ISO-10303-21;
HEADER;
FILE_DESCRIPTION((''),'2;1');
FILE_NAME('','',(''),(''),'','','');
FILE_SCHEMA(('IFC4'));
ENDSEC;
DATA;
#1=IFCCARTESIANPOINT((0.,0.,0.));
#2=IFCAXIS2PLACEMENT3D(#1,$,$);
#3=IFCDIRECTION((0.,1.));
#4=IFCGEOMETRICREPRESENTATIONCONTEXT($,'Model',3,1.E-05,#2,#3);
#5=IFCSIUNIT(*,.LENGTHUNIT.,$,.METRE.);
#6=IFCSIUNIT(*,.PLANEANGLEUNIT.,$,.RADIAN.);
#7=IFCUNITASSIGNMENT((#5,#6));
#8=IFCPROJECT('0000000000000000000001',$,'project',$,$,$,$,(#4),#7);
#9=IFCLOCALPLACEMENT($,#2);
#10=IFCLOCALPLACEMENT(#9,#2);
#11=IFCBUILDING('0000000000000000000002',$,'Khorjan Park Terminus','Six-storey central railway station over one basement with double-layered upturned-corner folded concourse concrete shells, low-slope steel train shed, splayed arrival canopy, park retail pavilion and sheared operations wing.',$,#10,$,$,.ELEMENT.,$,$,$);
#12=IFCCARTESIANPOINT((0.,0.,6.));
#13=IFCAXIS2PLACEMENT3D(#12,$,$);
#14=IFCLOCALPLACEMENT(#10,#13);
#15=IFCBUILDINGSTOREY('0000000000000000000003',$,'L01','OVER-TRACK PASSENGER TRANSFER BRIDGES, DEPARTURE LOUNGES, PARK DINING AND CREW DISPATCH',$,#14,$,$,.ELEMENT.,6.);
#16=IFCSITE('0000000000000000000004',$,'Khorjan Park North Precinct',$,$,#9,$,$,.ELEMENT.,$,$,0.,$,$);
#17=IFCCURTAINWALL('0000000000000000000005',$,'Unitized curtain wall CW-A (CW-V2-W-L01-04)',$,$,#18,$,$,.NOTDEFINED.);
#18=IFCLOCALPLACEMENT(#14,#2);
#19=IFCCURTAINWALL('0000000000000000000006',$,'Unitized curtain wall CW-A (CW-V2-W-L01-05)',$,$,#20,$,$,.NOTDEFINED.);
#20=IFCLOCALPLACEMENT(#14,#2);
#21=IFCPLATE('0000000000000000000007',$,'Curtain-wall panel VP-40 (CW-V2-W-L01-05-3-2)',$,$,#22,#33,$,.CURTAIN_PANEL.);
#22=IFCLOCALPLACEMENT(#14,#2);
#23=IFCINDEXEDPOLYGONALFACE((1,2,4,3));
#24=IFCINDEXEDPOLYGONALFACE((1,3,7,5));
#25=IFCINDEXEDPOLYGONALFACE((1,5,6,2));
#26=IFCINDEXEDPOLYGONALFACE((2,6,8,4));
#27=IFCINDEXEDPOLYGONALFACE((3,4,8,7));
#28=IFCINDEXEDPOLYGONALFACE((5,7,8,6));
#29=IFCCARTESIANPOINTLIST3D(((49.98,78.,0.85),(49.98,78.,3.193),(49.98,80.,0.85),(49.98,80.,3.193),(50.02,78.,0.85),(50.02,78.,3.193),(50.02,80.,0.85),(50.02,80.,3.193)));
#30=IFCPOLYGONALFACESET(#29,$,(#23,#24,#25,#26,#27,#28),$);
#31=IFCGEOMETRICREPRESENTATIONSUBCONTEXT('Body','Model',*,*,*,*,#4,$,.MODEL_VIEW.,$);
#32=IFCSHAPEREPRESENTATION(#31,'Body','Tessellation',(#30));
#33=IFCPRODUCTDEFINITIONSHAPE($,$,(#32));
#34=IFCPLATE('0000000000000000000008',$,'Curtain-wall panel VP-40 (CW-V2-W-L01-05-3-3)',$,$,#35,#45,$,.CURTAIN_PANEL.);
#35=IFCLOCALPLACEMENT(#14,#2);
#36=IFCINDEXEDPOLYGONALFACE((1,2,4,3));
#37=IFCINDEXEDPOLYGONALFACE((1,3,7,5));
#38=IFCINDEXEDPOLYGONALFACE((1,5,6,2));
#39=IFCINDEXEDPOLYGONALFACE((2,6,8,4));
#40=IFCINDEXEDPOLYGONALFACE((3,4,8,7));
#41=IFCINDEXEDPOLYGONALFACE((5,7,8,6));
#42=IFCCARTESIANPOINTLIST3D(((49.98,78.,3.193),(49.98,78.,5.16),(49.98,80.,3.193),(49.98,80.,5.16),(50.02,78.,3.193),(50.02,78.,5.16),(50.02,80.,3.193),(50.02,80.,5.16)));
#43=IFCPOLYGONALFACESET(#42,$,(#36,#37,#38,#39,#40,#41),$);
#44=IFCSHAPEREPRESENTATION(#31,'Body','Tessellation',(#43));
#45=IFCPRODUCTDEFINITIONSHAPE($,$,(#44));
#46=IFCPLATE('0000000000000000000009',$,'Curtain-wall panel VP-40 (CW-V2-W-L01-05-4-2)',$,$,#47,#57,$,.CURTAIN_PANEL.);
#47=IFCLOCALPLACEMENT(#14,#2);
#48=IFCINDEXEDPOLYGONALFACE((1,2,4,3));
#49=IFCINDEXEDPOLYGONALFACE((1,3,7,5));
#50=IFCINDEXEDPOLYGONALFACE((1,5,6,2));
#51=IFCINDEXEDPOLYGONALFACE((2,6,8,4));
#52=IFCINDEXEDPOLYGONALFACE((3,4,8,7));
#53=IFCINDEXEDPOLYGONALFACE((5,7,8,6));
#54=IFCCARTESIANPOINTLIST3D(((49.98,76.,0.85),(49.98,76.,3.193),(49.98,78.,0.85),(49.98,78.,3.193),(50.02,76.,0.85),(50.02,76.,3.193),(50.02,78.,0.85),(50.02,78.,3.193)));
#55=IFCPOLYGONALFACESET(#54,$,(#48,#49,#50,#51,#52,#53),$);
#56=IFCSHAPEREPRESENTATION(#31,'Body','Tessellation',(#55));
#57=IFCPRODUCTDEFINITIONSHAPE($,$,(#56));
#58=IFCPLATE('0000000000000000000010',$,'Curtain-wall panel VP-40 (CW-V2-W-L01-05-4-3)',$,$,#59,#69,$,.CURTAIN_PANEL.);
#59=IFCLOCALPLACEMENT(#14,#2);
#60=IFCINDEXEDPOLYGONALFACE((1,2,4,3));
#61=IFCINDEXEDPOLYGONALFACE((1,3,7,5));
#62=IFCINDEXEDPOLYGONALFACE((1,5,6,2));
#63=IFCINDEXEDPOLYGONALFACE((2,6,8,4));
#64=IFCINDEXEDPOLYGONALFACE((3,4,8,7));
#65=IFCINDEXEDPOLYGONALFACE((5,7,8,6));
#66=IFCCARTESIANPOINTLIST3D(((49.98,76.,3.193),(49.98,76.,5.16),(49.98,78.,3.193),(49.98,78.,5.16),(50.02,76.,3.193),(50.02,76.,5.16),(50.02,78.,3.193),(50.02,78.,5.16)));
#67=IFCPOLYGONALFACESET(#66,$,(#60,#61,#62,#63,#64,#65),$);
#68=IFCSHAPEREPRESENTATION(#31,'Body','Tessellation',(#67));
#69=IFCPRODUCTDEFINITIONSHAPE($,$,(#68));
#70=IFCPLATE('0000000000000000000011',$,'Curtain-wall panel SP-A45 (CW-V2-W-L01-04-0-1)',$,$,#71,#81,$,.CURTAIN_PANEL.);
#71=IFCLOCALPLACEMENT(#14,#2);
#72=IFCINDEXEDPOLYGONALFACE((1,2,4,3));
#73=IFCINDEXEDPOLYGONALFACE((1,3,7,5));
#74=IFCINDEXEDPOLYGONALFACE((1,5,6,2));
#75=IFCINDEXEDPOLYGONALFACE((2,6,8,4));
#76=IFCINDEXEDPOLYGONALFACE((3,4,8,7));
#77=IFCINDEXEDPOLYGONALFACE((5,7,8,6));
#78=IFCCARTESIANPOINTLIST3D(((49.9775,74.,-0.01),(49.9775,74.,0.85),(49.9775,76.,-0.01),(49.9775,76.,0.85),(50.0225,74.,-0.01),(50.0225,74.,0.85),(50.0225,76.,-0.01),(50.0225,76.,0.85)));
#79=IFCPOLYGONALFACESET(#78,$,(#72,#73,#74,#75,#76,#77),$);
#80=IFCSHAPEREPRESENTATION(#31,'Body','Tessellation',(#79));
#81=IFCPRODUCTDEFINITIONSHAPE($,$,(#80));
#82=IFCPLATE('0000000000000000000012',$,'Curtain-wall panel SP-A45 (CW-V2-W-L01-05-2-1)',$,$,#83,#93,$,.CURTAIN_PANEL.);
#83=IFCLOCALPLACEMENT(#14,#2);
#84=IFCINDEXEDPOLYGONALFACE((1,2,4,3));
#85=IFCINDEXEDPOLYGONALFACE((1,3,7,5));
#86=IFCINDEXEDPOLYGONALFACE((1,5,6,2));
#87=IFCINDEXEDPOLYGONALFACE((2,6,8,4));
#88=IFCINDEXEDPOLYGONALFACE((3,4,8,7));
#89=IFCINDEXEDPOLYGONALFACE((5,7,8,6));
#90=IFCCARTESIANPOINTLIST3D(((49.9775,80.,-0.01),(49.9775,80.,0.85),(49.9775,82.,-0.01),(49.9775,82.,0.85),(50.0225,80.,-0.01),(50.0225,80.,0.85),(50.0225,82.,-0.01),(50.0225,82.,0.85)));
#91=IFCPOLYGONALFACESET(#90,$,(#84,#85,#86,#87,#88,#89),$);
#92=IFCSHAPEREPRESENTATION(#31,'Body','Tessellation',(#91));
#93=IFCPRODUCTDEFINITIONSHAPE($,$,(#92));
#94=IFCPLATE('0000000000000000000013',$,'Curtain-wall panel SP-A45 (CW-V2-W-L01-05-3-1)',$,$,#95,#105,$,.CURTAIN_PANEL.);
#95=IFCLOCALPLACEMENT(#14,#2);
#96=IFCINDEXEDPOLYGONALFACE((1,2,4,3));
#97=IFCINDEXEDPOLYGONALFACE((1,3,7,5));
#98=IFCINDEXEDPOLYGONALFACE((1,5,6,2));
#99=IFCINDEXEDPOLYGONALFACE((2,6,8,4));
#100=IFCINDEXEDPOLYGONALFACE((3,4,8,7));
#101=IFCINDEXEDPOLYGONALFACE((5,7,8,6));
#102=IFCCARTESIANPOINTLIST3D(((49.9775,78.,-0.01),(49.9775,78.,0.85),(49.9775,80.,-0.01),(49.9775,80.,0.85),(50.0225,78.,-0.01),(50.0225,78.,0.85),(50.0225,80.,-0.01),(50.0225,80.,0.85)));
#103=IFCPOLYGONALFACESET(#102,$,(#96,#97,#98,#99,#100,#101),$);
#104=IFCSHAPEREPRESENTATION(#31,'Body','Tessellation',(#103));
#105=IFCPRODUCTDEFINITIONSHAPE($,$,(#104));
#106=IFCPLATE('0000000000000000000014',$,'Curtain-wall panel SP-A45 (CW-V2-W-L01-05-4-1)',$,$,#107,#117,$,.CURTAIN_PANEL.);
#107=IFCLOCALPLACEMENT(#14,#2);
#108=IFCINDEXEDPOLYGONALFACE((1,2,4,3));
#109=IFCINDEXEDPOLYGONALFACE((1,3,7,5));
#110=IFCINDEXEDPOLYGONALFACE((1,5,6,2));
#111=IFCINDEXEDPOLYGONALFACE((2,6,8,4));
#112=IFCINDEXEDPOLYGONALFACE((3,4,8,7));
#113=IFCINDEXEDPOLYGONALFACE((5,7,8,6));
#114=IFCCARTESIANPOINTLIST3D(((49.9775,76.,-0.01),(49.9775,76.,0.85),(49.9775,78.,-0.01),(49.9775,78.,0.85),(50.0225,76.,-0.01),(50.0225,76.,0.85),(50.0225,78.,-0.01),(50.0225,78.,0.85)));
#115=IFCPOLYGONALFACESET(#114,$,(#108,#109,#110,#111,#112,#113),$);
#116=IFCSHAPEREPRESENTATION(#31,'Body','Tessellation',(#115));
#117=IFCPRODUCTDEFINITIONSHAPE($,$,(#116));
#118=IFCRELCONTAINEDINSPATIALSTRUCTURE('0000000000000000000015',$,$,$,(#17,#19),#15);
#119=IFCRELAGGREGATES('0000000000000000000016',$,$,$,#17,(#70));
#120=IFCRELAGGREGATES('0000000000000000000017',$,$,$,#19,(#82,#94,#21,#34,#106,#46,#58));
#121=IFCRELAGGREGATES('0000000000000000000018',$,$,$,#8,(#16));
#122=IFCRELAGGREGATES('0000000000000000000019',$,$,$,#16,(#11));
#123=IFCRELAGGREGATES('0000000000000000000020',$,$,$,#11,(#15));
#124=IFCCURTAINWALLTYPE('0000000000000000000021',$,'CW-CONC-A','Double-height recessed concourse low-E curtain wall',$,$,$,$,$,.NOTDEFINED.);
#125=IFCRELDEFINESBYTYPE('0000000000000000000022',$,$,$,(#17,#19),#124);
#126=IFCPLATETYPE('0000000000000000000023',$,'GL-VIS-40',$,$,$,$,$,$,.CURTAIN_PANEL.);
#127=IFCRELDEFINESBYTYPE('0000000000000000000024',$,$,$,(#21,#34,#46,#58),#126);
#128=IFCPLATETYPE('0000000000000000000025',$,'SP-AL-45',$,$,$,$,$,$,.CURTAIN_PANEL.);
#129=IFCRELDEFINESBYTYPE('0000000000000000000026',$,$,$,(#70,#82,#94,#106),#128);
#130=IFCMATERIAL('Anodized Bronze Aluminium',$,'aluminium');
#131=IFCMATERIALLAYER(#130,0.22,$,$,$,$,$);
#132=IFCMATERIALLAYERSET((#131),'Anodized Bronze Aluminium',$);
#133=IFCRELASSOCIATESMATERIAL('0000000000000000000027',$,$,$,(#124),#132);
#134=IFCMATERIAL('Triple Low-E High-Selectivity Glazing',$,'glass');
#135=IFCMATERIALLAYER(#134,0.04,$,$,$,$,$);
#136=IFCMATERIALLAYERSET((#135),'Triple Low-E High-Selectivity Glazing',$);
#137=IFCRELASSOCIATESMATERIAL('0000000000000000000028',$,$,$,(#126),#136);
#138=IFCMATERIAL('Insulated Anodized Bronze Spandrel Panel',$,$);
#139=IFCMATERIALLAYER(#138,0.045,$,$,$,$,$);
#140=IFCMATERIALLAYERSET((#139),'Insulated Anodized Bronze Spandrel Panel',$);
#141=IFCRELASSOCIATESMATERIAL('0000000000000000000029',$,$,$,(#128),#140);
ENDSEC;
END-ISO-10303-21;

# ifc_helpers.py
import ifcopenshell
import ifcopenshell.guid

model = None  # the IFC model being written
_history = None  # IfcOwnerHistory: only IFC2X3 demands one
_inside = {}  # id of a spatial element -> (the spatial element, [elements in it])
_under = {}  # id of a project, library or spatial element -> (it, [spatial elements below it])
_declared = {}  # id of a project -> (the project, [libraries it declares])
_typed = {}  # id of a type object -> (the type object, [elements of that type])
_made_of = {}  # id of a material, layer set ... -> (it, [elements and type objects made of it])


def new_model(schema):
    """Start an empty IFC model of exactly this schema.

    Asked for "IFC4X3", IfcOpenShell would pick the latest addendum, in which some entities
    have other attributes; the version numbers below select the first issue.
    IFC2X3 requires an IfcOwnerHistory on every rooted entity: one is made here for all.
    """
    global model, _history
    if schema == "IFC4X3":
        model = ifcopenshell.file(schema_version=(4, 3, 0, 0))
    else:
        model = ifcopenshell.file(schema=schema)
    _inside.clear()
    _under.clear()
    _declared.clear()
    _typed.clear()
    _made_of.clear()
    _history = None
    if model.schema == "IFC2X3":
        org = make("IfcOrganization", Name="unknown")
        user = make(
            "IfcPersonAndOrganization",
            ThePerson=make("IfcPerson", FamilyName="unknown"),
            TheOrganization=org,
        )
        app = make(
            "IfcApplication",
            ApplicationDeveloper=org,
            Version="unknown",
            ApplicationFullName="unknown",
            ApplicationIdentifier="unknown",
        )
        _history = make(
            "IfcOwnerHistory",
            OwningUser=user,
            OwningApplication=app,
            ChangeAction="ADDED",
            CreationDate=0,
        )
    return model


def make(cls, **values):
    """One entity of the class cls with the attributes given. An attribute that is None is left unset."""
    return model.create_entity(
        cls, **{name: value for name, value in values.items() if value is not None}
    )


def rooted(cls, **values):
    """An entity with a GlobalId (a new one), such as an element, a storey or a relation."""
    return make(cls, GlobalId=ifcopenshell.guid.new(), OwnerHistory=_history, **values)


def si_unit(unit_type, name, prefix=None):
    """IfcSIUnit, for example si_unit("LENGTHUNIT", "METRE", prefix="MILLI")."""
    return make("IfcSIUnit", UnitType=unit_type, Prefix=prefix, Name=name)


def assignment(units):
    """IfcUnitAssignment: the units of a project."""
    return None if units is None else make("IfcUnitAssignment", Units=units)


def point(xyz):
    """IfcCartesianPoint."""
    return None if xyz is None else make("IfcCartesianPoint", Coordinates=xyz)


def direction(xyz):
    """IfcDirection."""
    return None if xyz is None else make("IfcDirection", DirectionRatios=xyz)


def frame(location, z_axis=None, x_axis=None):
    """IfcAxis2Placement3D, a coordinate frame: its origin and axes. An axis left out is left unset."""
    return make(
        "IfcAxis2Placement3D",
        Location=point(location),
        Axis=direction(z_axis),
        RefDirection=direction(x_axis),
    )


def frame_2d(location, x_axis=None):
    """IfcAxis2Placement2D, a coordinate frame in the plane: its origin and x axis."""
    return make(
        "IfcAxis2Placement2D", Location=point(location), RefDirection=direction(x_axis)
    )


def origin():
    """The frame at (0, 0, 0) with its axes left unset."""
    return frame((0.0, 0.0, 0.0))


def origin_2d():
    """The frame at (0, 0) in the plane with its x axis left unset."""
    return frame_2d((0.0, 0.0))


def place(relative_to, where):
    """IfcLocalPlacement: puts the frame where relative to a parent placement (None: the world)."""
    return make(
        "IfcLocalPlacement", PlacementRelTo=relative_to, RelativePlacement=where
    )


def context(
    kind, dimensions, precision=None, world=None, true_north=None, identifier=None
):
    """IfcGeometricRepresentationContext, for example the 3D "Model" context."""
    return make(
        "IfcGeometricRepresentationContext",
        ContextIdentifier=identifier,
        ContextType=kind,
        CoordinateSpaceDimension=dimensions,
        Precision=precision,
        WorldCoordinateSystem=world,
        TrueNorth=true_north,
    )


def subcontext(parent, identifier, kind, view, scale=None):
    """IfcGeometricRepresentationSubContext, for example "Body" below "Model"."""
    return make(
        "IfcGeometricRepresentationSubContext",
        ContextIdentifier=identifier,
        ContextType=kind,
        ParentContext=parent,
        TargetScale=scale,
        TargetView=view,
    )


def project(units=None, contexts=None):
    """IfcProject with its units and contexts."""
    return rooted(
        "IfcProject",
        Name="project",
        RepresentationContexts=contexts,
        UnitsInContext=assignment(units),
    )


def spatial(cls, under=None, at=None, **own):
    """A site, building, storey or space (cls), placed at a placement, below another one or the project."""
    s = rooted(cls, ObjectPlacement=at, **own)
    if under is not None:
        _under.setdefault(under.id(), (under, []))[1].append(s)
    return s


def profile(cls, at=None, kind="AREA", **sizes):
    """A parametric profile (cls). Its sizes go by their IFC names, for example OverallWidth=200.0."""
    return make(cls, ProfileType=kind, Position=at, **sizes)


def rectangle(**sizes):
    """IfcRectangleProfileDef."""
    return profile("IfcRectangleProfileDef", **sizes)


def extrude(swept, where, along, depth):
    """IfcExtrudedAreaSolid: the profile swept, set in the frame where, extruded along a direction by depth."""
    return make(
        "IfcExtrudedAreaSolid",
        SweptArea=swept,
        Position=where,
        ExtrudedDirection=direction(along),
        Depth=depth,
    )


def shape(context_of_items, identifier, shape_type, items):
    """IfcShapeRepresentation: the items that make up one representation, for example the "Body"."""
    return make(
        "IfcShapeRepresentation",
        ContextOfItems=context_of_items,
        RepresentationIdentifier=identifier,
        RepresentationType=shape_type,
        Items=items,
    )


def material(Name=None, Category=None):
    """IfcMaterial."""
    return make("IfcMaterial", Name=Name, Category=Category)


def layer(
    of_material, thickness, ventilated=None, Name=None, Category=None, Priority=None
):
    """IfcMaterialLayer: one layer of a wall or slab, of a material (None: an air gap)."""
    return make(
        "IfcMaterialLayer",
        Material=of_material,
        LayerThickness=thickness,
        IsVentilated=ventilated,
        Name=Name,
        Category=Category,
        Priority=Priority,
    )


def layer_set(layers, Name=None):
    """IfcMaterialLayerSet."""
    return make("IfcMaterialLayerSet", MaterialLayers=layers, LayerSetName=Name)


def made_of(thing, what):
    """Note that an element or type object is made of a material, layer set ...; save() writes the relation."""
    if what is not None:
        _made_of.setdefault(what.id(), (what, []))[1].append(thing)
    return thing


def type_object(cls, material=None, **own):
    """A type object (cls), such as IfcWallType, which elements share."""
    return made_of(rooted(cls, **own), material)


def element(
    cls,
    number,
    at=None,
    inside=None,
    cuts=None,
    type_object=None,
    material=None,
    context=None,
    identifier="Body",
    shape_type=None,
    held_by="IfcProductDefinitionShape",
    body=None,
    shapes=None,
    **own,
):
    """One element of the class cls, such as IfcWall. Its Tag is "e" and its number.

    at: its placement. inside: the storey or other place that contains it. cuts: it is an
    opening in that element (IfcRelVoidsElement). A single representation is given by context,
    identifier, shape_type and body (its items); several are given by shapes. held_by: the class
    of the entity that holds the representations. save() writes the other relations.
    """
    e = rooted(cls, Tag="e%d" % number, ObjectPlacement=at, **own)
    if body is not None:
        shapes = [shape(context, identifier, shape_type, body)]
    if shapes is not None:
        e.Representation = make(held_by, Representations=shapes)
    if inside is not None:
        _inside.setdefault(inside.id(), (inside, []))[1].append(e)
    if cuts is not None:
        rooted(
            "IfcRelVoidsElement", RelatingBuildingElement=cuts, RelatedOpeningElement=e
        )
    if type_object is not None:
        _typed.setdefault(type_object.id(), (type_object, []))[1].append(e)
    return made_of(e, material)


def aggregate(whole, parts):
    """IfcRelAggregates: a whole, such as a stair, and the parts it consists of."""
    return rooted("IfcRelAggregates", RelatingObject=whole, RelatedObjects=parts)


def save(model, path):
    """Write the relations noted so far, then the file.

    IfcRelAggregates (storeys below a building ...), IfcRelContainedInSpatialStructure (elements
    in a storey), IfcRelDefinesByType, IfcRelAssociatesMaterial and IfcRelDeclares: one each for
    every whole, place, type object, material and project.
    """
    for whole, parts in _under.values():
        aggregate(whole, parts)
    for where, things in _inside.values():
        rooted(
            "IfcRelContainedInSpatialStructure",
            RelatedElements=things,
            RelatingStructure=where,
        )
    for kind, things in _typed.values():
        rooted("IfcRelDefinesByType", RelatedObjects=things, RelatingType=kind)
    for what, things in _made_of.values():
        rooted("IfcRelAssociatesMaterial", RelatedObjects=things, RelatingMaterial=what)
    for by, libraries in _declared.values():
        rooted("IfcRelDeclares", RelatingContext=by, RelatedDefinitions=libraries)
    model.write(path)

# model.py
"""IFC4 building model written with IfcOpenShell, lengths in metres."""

from ifc_helpers import new_model, si_unit, direction, frame, origin, origin_2d, place, context, subcontext, project, spatial, rectangle, extrude, material, layer, layer_set, type_object, element, aggregate, save


model = new_model("IFC4")

# Units and contexts
model_context = context("Model", 3, precision=1e-05, world=origin(), true_north=direction((0.0, 1.0)))
body_context = subcontext(model_context, "Body", "Model", "MODEL_VIEW")
ifc_project = project(units=[si_unit("LENGTHUNIT", "METRE"), si_unit("PLANEANGLEUNIT", "RADIAN")], contexts=[model_context])

# Site, building, storey
site_placement = place(None, origin())
site = spatial("IfcSite", under=ifc_project, at=site_placement, Name="Khorjan Park North Precinct", CompositionType="ELEMENT", RefElevation=0.0)
building_placement = place(site_placement, origin())
building = spatial("IfcBuilding", under=site, at=building_placement, Name="Khorjan Park Terminus", Description="Six-storey central railway station over one basement with double-layered upturned-corner folded concourse concrete shells, low-slope steel train shed, splayed arrival canopy, park retail pavilion and sheared operations wing.", CompositionType="ELEMENT")
storey_placement = place(building_placement, frame((0.0, 0.0, 6.0)))
storey = spatial("IfcBuildingStorey", under=building, at=storey_placement, Name="L01", Description="OVER-TRACK PASSENGER TRANSFER BRIDGES, DEPARTURE LOUNGES, PARK DINING AND CREW DISPATCH", CompositionType="ELEMENT", Elevation=6.0)

# Curtain wall
ifc_material_1 = material(Name="Anodized Bronze Aluminium", Category="aluminium")
ifc_layer_1 = layer(ifc_material_1, 0.22)
ifc_layer_set_1 = layer_set([ifc_layer_1], Name="Anodized Bronze Aluminium")
curtain_wall_type = type_object("IfcCurtainWallType", Name="CW-CONC-A", Description="Double-height recessed concourse low-E curtain wall", PredefinedType="NOTDEFINED", material=ifc_layer_set_1)
curtain_wall_1_placement = place(storey_placement, origin())
curtain_wall_1 = element("IfcCurtainWall", 1, at=curtain_wall_1_placement, inside=storey, type_object=curtain_wall_type, Name="Unitized curtain wall CW-A (CW-V2-W-L01-04)", PredefinedType="NOTDEFINED")

# Curtain wall
curtain_wall_2_placement = place(storey_placement, origin())
curtain_wall_2 = element("IfcCurtainWall", 2, at=curtain_wall_2_placement, inside=storey, type_object=curtain_wall_type, Name="Unitized curtain wall CW-A (CW-V2-W-L01-05)", PredefinedType="NOTDEFINED")

# Plates
ifc_material_2 = material(Name="Triple Low-E High-Selectivity Glazing", Category="glass")
ifc_layer_2 = layer(ifc_material_2, 0.04)
ifc_layer_set_2 = layer_set([ifc_layer_2], Name="Triple Low-E High-Selectivity Glazing")
plate_type_1 = type_object("IfcPlateType", Name="GL-VIS-40", PredefinedType="CURTAIN_PANEL", material=ifc_layer_set_2)
plate_1_placement = place(storey_placement, frame((50.0, 79.0, 0.85), z_axis=(0.0, 0.0, 1.0), x_axis=(0.0, -1.0, 0.0)))
plate_1 = element("IfcPlate", 3, at=plate_1_placement, type_object=plate_type_1, Name="Curtain-wall panel VP-40 (CW-V2-W-L01-05-3-2)", PredefinedType="CURTAIN_PANEL", context=body_context, shape_type="SweptSolid", body=[
    extrude(rectangle(XDim=2.0, YDim=0.04, at=origin_2d()), origin(), (0.0, 0.0, 1.0), 2.343),
])
plate_2_placement = place(storey_placement, frame((50.0, 79.0, 3.193), z_axis=(0.0, 0.0, 1.0), x_axis=(0.0, -1.0, 0.0)))
plate_2 = element("IfcPlate", 4, at=plate_2_placement, type_object=plate_type_1, Name="Curtain-wall panel VP-40 (CW-V2-W-L01-05-3-3)", PredefinedType="CURTAIN_PANEL", context=body_context, shape_type="SweptSolid", body=[
    extrude(rectangle(XDim=2.0, YDim=0.04, at=origin_2d()), origin(), (0.0, 0.0, 1.0), 1.967),
])
plate_3_placement = place(storey_placement, frame((50.0, 77.0, 0.85), z_axis=(0.0, 0.0, 1.0), x_axis=(0.0, -1.0, 0.0)))
plate_3 = element("IfcPlate", 5, at=plate_3_placement, type_object=plate_type_1, Name="Curtain-wall panel VP-40 (CW-V2-W-L01-05-4-2)", PredefinedType="CURTAIN_PANEL", context=body_context, shape_type="SweptSolid", body=[
    extrude(rectangle(XDim=2.0, YDim=0.04, at=origin_2d()), origin(), (0.0, 0.0, 1.0), 2.343),
])
plate_4_placement = place(storey_placement, frame((50.0, 77.0, 3.193), z_axis=(0.0, 0.0, 1.0), x_axis=(0.0, -1.0, 0.0)))
plate_4 = element("IfcPlate", 6, at=plate_4_placement, type_object=plate_type_1, Name="Curtain-wall panel VP-40 (CW-V2-W-L01-05-4-3)", PredefinedType="CURTAIN_PANEL", context=body_context, shape_type="SweptSolid", body=[
    extrude(rectangle(XDim=2.0, YDim=0.04, at=origin_2d()), origin(), (0.0, 0.0, 1.0), 1.967),
])
ifc_material_3 = material(Name="Insulated Anodized Bronze Spandrel Panel")
ifc_layer_3 = layer(ifc_material_3, 0.045)
ifc_layer_set_3 = layer_set([ifc_layer_3], Name="Insulated Anodized Bronze Spandrel Panel")
plate_type_2 = type_object("IfcPlateType", Name="SP-AL-45", PredefinedType="CURTAIN_PANEL", material=ifc_layer_set_3)
plate_5_placement = place(storey_placement, frame((50.0, 75.0, -0.01), z_axis=(0.0, 0.0, 1.0), x_axis=(0.0, -1.0, 0.0)))
plate_5 = element("IfcPlate", 7, at=plate_5_placement, type_object=plate_type_2, Name="Curtain-wall panel SP-A45 (CW-V2-W-L01-04-0-1)", PredefinedType="CURTAIN_PANEL", context=body_context, shape_type="SweptSolid", body=[
    extrude(rectangle(XDim=2.0, YDim=0.045, at=origin_2d()), origin(), (0.0, 0.0, 1.0), 0.86),
])
aggregate(curtain_wall_1, [plate_5])
plate_6_placement = place(storey_placement, frame((50.0, 81.0, -0.01), z_axis=(0.0, 0.0, 1.0), x_axis=(0.0, -1.0, 0.0)))
plate_6 = element("IfcPlate", 8, at=plate_6_placement, type_object=plate_type_2, Name="Curtain-wall panel SP-A45 (CW-V2-W-L01-05-2-1)", PredefinedType="CURTAIN_PANEL", context=body_context, shape_type="SweptSolid", body=[
    extrude(rectangle(XDim=2.0, YDim=0.045, at=origin_2d()), origin(), (0.0, 0.0, 1.0), 0.86),
])
plate_7_placement = place(storey_placement, frame((50.0, 79.0, -0.01), z_axis=(0.0, 0.0, 1.0), x_axis=(0.0, -1.0, 0.0)))
plate_7 = element("IfcPlate", 9, at=plate_7_placement, type_object=plate_type_2, Name="Curtain-wall panel SP-A45 (CW-V2-W-L01-05-3-1)", PredefinedType="CURTAIN_PANEL", context=body_context, shape_type="SweptSolid", body=[
    extrude(rectangle(XDim=2.0, YDim=0.045, at=origin_2d()), origin(), (0.0, 0.0, 1.0), 0.86),
])
plate_8_placement = place(storey_placement, frame((50.0, 77.0, -0.01), z_axis=(0.0, 0.0, 1.0), x_axis=(0.0, -1.0, 0.0)))
plate_8 = element("IfcPlate", 10, at=plate_8_placement, type_object=plate_type_2, Name="Curtain-wall panel SP-A45 (CW-V2-W-L01-05-4-1)", PredefinedType="CURTAIN_PANEL", context=body_context, shape_type="SweptSolid", body=[
    extrude(rectangle(XDim=2.0, YDim=0.045, at=origin_2d()), origin(), (0.0, 0.0, 1.0), 0.86),
])
aggregate(curtain_wall_2, [plate_6, plate_7, plate_1, plate_2, plate_8, plate_3, plate_4])

save(model, "model.ifc")
